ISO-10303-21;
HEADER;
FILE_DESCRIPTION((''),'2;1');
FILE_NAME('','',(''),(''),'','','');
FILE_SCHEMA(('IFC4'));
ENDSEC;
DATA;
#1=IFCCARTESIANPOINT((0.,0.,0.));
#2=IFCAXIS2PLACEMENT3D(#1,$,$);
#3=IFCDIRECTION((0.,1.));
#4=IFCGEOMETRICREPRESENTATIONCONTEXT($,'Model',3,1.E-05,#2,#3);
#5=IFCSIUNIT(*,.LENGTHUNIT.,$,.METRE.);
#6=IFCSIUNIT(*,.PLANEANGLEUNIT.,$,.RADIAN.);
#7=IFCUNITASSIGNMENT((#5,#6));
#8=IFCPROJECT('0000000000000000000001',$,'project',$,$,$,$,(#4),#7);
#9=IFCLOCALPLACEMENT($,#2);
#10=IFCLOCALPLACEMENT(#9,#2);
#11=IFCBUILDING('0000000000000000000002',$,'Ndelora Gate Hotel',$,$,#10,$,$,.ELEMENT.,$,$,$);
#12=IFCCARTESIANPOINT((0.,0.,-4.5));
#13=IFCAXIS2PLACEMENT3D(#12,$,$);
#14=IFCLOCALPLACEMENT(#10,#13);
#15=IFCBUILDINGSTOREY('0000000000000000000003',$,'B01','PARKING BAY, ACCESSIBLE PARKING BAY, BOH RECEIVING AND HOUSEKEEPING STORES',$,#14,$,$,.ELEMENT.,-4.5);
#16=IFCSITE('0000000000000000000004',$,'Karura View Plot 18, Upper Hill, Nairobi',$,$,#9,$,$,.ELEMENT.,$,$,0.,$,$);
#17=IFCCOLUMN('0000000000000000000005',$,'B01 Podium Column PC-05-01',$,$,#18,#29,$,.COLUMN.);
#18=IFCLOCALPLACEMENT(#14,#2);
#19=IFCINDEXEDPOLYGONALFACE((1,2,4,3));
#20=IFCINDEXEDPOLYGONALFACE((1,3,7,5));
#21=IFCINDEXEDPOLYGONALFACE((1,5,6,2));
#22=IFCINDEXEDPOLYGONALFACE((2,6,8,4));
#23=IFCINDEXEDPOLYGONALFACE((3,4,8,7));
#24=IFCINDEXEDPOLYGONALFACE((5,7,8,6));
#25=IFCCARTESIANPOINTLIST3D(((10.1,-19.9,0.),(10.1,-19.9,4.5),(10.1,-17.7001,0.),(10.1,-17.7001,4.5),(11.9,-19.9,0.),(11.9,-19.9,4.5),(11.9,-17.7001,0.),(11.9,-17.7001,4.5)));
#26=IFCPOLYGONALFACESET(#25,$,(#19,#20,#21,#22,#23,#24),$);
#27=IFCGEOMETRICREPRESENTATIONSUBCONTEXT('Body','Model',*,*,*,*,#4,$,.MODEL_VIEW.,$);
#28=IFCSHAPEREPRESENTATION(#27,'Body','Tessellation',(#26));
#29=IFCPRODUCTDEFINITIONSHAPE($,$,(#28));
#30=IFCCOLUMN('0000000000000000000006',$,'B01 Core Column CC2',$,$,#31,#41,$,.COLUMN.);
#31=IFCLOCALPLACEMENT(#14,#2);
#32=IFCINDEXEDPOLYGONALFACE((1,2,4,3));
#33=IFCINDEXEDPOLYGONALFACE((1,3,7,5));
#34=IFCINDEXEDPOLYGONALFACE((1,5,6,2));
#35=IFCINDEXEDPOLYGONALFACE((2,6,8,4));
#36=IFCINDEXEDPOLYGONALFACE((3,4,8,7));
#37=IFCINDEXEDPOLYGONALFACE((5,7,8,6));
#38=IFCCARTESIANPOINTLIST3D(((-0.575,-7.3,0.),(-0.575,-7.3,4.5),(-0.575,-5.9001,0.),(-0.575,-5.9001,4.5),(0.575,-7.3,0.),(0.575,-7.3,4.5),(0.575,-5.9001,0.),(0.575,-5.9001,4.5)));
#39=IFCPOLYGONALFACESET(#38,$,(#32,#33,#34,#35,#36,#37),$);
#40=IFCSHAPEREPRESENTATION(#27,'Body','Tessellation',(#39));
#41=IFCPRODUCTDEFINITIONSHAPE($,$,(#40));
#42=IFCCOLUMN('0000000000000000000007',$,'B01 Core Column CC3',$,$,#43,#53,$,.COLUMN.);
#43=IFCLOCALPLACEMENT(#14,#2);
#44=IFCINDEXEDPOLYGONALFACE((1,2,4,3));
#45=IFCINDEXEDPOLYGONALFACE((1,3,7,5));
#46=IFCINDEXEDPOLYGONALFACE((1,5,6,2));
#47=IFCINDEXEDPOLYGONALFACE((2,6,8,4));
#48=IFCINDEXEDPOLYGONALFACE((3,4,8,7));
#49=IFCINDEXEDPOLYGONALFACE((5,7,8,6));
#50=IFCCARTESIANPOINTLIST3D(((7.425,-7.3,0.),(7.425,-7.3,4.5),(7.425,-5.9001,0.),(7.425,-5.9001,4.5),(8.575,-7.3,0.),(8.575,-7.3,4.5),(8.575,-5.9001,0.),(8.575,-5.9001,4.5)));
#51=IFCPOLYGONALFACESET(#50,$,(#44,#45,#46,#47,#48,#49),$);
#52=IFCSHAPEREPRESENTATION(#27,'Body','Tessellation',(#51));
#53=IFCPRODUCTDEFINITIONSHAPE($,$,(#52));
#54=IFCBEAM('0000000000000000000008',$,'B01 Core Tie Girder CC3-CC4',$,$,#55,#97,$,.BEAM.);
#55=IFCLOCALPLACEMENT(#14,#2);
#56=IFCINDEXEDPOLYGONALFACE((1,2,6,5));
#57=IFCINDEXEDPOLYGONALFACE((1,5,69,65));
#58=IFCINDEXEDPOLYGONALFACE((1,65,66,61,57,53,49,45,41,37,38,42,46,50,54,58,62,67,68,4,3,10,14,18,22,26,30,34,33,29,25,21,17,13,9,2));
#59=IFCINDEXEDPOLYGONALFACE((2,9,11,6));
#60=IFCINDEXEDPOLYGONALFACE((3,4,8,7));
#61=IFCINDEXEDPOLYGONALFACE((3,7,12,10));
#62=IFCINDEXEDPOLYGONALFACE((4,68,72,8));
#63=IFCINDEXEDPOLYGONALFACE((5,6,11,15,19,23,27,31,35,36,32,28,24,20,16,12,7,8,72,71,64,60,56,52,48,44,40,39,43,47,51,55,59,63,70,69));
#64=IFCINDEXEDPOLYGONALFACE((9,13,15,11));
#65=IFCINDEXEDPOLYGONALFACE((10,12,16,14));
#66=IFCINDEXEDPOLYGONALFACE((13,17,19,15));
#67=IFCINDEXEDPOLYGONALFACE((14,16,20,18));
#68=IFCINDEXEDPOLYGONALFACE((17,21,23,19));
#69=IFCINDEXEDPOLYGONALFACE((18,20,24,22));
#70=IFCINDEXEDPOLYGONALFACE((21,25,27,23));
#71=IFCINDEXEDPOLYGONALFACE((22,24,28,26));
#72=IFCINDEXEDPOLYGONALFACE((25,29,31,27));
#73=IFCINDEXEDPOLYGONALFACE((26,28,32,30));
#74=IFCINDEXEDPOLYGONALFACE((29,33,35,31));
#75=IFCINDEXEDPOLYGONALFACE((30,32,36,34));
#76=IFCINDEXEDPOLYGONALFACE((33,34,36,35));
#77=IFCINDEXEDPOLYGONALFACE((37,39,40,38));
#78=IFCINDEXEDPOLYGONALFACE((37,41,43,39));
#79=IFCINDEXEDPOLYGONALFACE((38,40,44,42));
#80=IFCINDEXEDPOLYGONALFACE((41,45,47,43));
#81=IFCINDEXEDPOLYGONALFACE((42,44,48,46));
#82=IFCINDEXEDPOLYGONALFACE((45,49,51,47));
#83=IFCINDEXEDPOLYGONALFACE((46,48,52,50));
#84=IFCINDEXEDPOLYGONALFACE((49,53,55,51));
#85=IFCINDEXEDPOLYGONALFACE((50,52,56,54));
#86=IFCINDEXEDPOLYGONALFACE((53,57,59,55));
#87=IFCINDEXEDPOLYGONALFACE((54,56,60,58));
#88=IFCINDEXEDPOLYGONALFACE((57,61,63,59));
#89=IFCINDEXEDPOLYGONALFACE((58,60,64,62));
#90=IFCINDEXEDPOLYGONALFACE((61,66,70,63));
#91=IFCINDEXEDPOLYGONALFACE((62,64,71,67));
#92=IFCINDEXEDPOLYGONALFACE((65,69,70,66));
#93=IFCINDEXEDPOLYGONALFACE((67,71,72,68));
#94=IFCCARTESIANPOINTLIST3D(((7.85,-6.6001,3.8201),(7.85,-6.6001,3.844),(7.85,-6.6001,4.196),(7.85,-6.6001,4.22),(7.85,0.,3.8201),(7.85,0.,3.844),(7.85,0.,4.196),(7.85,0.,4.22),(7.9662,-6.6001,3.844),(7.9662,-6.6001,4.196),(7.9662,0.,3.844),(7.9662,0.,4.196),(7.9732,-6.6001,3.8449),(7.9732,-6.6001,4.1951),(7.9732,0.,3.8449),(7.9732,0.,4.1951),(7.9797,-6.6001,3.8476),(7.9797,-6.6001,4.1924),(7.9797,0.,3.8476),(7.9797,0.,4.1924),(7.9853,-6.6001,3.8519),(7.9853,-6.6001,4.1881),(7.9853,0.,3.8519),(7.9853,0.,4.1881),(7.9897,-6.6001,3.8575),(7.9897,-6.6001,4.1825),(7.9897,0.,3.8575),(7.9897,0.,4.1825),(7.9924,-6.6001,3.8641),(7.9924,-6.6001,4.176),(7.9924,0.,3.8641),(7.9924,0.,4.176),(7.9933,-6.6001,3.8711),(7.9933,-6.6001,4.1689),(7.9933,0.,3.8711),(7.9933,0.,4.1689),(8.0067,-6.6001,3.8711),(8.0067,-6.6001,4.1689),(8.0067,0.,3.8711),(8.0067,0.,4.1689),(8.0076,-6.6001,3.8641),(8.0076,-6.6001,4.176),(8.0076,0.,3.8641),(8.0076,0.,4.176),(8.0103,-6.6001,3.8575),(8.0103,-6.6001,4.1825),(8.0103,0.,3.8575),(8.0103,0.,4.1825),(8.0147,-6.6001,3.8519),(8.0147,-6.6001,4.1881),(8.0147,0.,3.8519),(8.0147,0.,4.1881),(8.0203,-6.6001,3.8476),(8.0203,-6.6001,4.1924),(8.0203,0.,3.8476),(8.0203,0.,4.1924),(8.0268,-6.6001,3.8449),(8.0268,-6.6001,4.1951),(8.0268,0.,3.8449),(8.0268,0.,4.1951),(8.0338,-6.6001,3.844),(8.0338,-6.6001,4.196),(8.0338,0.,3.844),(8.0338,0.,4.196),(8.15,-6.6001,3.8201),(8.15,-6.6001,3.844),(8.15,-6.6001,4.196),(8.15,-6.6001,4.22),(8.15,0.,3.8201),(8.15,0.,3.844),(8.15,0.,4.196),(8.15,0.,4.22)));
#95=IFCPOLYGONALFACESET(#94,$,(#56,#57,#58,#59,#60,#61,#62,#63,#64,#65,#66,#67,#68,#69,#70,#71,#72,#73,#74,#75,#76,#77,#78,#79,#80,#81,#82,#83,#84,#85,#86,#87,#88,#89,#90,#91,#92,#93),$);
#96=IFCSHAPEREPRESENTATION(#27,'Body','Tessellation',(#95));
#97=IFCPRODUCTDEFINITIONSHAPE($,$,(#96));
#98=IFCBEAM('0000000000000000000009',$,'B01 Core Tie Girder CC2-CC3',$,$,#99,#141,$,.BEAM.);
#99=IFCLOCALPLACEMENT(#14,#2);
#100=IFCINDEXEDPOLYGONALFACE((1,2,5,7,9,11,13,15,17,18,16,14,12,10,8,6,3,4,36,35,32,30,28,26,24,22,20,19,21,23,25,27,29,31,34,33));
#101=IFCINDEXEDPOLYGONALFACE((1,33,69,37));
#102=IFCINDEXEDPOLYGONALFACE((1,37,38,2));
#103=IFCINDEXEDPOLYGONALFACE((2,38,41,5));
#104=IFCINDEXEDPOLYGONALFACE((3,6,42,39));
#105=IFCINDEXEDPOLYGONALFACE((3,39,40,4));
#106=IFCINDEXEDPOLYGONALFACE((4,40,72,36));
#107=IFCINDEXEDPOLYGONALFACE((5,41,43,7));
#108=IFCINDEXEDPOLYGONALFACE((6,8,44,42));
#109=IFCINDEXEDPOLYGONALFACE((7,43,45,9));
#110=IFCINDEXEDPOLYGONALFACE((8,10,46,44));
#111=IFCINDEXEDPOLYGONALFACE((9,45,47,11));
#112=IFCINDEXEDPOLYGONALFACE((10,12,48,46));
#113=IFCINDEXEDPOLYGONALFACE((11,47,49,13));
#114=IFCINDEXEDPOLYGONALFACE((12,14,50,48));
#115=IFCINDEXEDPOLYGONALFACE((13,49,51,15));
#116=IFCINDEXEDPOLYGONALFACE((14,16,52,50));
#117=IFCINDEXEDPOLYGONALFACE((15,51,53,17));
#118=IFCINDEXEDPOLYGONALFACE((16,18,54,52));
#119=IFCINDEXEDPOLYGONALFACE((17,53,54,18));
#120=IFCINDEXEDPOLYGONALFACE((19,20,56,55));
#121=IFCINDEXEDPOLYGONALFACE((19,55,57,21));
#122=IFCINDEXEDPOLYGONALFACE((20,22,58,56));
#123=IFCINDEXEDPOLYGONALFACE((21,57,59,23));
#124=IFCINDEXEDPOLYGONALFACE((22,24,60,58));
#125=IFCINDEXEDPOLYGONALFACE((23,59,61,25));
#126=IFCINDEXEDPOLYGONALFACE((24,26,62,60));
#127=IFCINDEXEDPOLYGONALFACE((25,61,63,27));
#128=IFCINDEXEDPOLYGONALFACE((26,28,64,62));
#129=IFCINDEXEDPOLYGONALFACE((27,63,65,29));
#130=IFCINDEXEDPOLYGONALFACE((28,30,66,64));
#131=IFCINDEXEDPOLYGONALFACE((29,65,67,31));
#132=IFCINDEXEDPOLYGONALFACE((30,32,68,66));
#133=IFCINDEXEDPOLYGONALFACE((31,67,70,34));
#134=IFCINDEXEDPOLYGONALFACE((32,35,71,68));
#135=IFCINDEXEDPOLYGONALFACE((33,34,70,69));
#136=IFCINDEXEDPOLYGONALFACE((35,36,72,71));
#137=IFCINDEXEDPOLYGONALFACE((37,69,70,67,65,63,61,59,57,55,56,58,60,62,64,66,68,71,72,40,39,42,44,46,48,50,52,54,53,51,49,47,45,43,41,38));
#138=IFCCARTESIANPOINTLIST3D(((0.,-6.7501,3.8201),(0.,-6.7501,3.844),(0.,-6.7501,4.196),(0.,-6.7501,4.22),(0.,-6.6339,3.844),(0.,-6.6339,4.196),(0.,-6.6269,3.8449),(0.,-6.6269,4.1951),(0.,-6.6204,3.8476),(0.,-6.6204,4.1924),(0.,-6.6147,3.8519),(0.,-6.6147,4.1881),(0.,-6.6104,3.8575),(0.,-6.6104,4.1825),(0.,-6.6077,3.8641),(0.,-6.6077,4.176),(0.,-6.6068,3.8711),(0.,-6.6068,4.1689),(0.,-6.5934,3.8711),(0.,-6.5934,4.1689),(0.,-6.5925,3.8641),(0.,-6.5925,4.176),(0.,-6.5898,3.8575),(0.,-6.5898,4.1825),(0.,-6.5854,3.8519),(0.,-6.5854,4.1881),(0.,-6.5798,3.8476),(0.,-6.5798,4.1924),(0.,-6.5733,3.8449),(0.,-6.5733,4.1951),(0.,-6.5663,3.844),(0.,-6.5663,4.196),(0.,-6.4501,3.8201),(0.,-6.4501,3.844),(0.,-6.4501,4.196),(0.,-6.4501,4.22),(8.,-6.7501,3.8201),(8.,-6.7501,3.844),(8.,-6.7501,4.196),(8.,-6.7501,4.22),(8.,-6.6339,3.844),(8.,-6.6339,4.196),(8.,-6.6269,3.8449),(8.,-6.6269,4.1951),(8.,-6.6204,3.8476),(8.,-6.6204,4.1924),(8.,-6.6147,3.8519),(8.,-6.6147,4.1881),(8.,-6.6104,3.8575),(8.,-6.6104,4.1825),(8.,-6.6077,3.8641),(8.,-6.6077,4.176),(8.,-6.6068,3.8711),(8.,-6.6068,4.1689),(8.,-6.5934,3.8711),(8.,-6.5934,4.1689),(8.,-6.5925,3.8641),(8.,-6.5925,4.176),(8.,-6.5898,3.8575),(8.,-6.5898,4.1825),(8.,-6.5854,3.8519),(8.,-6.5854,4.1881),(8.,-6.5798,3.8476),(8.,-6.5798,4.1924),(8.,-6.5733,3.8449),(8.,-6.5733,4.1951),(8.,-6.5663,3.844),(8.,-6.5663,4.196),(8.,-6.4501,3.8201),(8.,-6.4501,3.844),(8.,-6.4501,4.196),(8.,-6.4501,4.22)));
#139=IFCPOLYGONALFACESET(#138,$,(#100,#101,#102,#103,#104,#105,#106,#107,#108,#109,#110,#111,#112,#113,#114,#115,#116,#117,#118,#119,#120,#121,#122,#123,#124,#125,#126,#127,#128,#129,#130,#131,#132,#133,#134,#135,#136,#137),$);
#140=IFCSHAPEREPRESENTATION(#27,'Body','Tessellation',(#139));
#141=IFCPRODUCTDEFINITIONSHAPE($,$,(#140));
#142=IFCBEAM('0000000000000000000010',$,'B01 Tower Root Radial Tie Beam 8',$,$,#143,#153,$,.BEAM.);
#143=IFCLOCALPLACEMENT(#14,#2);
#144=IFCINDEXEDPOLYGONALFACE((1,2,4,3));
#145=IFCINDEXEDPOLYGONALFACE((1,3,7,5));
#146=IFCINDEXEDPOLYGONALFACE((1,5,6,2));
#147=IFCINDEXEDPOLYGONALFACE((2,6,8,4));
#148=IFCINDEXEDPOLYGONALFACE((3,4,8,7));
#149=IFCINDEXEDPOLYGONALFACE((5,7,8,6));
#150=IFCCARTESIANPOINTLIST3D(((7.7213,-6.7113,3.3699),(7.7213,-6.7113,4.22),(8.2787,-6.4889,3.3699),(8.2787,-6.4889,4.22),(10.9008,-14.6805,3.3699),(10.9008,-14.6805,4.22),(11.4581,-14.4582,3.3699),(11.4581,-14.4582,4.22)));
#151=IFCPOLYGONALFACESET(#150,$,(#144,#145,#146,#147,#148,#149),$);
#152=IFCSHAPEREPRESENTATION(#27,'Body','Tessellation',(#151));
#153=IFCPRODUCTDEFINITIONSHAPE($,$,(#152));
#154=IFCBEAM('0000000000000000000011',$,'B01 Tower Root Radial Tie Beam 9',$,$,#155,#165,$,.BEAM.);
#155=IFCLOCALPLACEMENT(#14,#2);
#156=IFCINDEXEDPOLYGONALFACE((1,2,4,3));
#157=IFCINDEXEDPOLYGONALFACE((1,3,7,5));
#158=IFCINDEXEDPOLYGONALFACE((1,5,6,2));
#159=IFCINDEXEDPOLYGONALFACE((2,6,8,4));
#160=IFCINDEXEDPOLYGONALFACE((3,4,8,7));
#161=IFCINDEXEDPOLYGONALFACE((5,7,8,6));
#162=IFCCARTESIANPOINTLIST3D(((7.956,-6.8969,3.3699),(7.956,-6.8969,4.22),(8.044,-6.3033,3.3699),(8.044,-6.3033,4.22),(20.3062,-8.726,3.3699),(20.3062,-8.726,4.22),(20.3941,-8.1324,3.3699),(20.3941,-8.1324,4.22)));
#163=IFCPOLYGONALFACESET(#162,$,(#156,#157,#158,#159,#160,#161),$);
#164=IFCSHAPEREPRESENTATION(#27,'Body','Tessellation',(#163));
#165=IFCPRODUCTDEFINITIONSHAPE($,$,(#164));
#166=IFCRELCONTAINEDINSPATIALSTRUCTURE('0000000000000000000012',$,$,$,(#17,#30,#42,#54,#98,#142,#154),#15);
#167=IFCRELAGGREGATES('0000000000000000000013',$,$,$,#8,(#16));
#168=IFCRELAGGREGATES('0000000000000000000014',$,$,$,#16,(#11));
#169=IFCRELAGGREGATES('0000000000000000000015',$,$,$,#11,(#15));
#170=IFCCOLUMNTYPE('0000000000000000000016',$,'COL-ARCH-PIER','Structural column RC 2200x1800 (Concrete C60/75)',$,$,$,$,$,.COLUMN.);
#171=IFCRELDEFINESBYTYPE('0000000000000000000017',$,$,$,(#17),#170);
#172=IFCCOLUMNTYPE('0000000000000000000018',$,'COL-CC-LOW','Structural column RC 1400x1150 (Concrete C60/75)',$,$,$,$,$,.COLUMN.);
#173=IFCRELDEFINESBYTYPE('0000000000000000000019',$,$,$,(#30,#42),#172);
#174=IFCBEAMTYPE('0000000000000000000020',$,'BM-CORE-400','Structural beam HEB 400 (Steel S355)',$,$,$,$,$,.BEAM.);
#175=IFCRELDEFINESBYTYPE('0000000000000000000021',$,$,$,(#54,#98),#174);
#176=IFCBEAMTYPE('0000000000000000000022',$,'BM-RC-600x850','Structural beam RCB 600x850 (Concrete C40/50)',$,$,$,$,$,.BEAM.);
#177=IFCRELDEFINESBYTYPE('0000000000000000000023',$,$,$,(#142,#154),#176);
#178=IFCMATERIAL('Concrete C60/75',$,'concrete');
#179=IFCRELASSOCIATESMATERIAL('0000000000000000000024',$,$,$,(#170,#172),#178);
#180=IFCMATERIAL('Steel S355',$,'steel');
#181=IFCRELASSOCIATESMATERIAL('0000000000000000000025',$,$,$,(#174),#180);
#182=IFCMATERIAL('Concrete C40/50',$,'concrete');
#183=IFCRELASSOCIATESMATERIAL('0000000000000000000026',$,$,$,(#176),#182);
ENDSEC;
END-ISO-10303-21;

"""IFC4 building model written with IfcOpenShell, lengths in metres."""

from ifc_helpers import new_model, si_unit, direction, frame, origin, origin_2d, place, context, subcontext, project, spatial, rectangle, i_section, extrude, material, material_profile, profile_set, type_object, element, save


model = new_model("IFC4")

# Units and contexts
model_context = context("Model", 3, precision=1e-05, world=origin(), true_north=direction((0.0, 1.0)))
body_context = subcontext(model_context, "Body", "Model", "MODEL_VIEW")
ifc_project = project(units=[si_unit("LENGTHUNIT", "METRE"), si_unit("PLANEANGLEUNIT", "RADIAN")], contexts=[model_context])

# Site, building, storey
site_placement = place(None, origin())
site = spatial("IfcSite", under=ifc_project, at=site_placement, Name="Karura View Plot 18, Upper Hill, Nairobi", CompositionType="ELEMENT", RefElevation=0.0)
building_placement = place(site_placement, origin())
building = spatial("IfcBuilding", under=site, at=building_placement, Name="Ndelora Gate Hotel", CompositionType="ELEMENT")
storey_placement = place(building_placement, frame((0.0, 0.0, -4.5)))
storey = spatial("IfcBuildingStorey", under=building, at=storey_placement, Name="B01", Description="PARKING BAY, ACCESSIBLE PARKING BAY, BOH RECEIVING AND HOUSEKEEPING STORES", CompositionType="ELEMENT", Elevation=-4.5)

# Columns
ifc_material_1 = material(Name="Concrete C60/75", Category="concrete")
ifc_material_profile_1 = material_profile(ifc_material_1, rectangle(XDim=1.8, YDim=2.2, at=origin_2d()), Name="RC 2200x1800")
ifc_profile_set_1 = profile_set([ifc_material_profile_1], Name="Concrete C60/75")
column_type_1 = type_object("IfcColumnType", Name="COL-ARCH-PIER", Description="Structural column RC 2200x1800 (Concrete C60/75)", PredefinedType="COLUMN", material=ifc_profile_set_1)
column_placement = place(storey_placement, frame((11.0, -18.8, 0.0), z_axis=(0.0, 0.0, 1.0), x_axis=(1.0, 0.0, 0.0)))
element("IfcColumn", 1, at=column_placement, inside=storey, type_object=column_type_1, Name="B01 Podium Column PC-05-01", PredefinedType="COLUMN", context=body_context, shape_type="SweptSolid", body=[
    extrude(rectangle(XDim=1.8, YDim=2.2, at=origin_2d()), origin(), (0.0, 0.0, 1.0), 4.5),
])
ifc_material_profile_2 = material_profile(ifc_material_1, rectangle(XDim=1.1499, YDim=1.3999, at=origin_2d()), Name="RC 1400x1150")
ifc_profile_set_2 = profile_set([ifc_material_profile_2], Name="Concrete C60/75")
column_type_2 = type_object("IfcColumnType", Name="COL-CC-LOW", Description="Structural column RC 1400x1150 (Concrete C60/75)", PredefinedType="COLUMN", material=ifc_profile_set_2)
for number, where, z_axis, x_axis, name in (
    (2, (0.0, -6.6001, 0.0), (0.0, 0.0, 1.0), (1.0, 0.0, 0.0), "B01 Core Column CC2"),
    (3, (8.0, -6.6001, 0.0), (0.0, 0.0, 1.0), (1.0, 0.0, 0.0), "B01 Core Column CC3"),
):
    element("IfcColumn", number, at=place(storey_placement, frame(where, z_axis=z_axis, x_axis=x_axis)), inside=storey, type_object=column_type_2, Name=name, PredefinedType="COLUMN", context=body_context, shape_type="SweptSolid", body=[
        extrude(rectangle(XDim=1.1499, YDim=1.3999, at=origin_2d()), origin(), (0.0, 0.0, 1.0), 4.5),
    ])

# Beams
ifc_material_2 = material(Name="Steel S355", Category="steel")
ifc_material_profile_3 = material_profile(ifc_material_2, i_section(OverallWidth=0.3, OverallDepth=0.3999, WebThickness=0.0134, FlangeThickness=0.0239, FilletRadius=0.0271, at=origin_2d()), Name="HEB 400")
ifc_profile_set_3 = profile_set([ifc_material_profile_3], Name="Steel S355")
beam_type_1 = type_object("IfcBeamType", Name="BM-CORE-400", Description="Structural beam HEB 400 (Steel S355)", PredefinedType="BEAM", material=ifc_profile_set_3)
beam_1_placement = place(storey_placement, frame((8.0, -6.6001, 4.02), z_axis=(0.0, 1.0, 0.0), x_axis=(-1.0, 0.0, 0.0)))
element("IfcBeam", 4, at=beam_1_placement, inside=storey, type_object=beam_type_1, Name="B01 Core Tie Girder CC3-CC4", PredefinedType="BEAM", context=body_context, shape_type="SweptSolid", body=[
    extrude(i_section(OverallWidth=0.3, OverallDepth=0.3999, WebThickness=0.0134, FlangeThickness=0.0239, FilletRadius=0.0271, at=origin_2d()), origin(), (0.0, 0.0, 1.0), 6.6001),
])
beam_2_placement = place(storey_placement, frame((0.0, -6.6001, 4.02), z_axis=(1.0, 0.0, 0.0), x_axis=(0.0, 1.0, 0.0)))
element("IfcBeam", 5, at=beam_2_placement, inside=storey, type_object=beam_type_1, Name="B01 Core Tie Girder CC2-CC3", PredefinedType="BEAM", context=body_context, shape_type="SweptSolid", body=[
    extrude(i_section(OverallWidth=0.3, OverallDepth=0.3999, WebThickness=0.0134, FlangeThickness=0.0239, FilletRadius=0.0271, at=origin_2d()), origin(), (0.0, 0.0, 1.0), 8.0),
])
ifc_material_3 = material(Name="Concrete C40/50", Category="concrete")
ifc_material_profile_4 = material_profile(ifc_material_3, rectangle(XDim=0.6001, YDim=0.8501, at=origin_2d()), Name="RCB 600x850")
ifc_profile_set_4 = profile_set([ifc_material_profile_4], Name="Concrete C40/50")
beam_type_2 = type_object("IfcBeamType", Name="BM-RC-600x850", Description="Structural beam RCB 600x850 (Concrete C40/50)", PredefinedType="BEAM", material=ifc_profile_set_4)
beam_3_placement = place(storey_placement, frame((8.0, -6.6001, 3.7949), z_axis=(0.370561, -0.928808, 0.0), x_axis=(0.928808, 0.370561, 0.0)))
element("IfcBeam", 6, at=beam_3_placement, inside=storey, type_object=beam_type_2, Name="B01 Tower Root Radial Tie Beam 8", PredefinedType="BEAM", context=body_context, shape_type="SweptSolid", body=[
    extrude(rectangle(XDim=0.6001, YDim=0.8501, at=origin_2d()), origin(), (0.0, 0.0, 1.0), 8.5801),
])
beam_4_placement = place(storey_placement, frame((8.0, -6.6001, 3.7949), z_axis=(0.98921, -0.146506, 0.0), x_axis=(0.146506, 0.98921, 0.0)))
element("IfcBeam", 7, at=beam_4_placement, inside=storey, type_object=beam_type_2, Name="B01 Tower Root Radial Tie Beam 9", PredefinedType="BEAM", context=body_context, shape_type="SweptSolid", body=[
    extrude(rectangle(XDim=0.6001, YDim=0.8501, at=origin_2d()), origin(), (0.0, 0.0, 1.0), 12.4849),
])

save(model, "model.ifc")
